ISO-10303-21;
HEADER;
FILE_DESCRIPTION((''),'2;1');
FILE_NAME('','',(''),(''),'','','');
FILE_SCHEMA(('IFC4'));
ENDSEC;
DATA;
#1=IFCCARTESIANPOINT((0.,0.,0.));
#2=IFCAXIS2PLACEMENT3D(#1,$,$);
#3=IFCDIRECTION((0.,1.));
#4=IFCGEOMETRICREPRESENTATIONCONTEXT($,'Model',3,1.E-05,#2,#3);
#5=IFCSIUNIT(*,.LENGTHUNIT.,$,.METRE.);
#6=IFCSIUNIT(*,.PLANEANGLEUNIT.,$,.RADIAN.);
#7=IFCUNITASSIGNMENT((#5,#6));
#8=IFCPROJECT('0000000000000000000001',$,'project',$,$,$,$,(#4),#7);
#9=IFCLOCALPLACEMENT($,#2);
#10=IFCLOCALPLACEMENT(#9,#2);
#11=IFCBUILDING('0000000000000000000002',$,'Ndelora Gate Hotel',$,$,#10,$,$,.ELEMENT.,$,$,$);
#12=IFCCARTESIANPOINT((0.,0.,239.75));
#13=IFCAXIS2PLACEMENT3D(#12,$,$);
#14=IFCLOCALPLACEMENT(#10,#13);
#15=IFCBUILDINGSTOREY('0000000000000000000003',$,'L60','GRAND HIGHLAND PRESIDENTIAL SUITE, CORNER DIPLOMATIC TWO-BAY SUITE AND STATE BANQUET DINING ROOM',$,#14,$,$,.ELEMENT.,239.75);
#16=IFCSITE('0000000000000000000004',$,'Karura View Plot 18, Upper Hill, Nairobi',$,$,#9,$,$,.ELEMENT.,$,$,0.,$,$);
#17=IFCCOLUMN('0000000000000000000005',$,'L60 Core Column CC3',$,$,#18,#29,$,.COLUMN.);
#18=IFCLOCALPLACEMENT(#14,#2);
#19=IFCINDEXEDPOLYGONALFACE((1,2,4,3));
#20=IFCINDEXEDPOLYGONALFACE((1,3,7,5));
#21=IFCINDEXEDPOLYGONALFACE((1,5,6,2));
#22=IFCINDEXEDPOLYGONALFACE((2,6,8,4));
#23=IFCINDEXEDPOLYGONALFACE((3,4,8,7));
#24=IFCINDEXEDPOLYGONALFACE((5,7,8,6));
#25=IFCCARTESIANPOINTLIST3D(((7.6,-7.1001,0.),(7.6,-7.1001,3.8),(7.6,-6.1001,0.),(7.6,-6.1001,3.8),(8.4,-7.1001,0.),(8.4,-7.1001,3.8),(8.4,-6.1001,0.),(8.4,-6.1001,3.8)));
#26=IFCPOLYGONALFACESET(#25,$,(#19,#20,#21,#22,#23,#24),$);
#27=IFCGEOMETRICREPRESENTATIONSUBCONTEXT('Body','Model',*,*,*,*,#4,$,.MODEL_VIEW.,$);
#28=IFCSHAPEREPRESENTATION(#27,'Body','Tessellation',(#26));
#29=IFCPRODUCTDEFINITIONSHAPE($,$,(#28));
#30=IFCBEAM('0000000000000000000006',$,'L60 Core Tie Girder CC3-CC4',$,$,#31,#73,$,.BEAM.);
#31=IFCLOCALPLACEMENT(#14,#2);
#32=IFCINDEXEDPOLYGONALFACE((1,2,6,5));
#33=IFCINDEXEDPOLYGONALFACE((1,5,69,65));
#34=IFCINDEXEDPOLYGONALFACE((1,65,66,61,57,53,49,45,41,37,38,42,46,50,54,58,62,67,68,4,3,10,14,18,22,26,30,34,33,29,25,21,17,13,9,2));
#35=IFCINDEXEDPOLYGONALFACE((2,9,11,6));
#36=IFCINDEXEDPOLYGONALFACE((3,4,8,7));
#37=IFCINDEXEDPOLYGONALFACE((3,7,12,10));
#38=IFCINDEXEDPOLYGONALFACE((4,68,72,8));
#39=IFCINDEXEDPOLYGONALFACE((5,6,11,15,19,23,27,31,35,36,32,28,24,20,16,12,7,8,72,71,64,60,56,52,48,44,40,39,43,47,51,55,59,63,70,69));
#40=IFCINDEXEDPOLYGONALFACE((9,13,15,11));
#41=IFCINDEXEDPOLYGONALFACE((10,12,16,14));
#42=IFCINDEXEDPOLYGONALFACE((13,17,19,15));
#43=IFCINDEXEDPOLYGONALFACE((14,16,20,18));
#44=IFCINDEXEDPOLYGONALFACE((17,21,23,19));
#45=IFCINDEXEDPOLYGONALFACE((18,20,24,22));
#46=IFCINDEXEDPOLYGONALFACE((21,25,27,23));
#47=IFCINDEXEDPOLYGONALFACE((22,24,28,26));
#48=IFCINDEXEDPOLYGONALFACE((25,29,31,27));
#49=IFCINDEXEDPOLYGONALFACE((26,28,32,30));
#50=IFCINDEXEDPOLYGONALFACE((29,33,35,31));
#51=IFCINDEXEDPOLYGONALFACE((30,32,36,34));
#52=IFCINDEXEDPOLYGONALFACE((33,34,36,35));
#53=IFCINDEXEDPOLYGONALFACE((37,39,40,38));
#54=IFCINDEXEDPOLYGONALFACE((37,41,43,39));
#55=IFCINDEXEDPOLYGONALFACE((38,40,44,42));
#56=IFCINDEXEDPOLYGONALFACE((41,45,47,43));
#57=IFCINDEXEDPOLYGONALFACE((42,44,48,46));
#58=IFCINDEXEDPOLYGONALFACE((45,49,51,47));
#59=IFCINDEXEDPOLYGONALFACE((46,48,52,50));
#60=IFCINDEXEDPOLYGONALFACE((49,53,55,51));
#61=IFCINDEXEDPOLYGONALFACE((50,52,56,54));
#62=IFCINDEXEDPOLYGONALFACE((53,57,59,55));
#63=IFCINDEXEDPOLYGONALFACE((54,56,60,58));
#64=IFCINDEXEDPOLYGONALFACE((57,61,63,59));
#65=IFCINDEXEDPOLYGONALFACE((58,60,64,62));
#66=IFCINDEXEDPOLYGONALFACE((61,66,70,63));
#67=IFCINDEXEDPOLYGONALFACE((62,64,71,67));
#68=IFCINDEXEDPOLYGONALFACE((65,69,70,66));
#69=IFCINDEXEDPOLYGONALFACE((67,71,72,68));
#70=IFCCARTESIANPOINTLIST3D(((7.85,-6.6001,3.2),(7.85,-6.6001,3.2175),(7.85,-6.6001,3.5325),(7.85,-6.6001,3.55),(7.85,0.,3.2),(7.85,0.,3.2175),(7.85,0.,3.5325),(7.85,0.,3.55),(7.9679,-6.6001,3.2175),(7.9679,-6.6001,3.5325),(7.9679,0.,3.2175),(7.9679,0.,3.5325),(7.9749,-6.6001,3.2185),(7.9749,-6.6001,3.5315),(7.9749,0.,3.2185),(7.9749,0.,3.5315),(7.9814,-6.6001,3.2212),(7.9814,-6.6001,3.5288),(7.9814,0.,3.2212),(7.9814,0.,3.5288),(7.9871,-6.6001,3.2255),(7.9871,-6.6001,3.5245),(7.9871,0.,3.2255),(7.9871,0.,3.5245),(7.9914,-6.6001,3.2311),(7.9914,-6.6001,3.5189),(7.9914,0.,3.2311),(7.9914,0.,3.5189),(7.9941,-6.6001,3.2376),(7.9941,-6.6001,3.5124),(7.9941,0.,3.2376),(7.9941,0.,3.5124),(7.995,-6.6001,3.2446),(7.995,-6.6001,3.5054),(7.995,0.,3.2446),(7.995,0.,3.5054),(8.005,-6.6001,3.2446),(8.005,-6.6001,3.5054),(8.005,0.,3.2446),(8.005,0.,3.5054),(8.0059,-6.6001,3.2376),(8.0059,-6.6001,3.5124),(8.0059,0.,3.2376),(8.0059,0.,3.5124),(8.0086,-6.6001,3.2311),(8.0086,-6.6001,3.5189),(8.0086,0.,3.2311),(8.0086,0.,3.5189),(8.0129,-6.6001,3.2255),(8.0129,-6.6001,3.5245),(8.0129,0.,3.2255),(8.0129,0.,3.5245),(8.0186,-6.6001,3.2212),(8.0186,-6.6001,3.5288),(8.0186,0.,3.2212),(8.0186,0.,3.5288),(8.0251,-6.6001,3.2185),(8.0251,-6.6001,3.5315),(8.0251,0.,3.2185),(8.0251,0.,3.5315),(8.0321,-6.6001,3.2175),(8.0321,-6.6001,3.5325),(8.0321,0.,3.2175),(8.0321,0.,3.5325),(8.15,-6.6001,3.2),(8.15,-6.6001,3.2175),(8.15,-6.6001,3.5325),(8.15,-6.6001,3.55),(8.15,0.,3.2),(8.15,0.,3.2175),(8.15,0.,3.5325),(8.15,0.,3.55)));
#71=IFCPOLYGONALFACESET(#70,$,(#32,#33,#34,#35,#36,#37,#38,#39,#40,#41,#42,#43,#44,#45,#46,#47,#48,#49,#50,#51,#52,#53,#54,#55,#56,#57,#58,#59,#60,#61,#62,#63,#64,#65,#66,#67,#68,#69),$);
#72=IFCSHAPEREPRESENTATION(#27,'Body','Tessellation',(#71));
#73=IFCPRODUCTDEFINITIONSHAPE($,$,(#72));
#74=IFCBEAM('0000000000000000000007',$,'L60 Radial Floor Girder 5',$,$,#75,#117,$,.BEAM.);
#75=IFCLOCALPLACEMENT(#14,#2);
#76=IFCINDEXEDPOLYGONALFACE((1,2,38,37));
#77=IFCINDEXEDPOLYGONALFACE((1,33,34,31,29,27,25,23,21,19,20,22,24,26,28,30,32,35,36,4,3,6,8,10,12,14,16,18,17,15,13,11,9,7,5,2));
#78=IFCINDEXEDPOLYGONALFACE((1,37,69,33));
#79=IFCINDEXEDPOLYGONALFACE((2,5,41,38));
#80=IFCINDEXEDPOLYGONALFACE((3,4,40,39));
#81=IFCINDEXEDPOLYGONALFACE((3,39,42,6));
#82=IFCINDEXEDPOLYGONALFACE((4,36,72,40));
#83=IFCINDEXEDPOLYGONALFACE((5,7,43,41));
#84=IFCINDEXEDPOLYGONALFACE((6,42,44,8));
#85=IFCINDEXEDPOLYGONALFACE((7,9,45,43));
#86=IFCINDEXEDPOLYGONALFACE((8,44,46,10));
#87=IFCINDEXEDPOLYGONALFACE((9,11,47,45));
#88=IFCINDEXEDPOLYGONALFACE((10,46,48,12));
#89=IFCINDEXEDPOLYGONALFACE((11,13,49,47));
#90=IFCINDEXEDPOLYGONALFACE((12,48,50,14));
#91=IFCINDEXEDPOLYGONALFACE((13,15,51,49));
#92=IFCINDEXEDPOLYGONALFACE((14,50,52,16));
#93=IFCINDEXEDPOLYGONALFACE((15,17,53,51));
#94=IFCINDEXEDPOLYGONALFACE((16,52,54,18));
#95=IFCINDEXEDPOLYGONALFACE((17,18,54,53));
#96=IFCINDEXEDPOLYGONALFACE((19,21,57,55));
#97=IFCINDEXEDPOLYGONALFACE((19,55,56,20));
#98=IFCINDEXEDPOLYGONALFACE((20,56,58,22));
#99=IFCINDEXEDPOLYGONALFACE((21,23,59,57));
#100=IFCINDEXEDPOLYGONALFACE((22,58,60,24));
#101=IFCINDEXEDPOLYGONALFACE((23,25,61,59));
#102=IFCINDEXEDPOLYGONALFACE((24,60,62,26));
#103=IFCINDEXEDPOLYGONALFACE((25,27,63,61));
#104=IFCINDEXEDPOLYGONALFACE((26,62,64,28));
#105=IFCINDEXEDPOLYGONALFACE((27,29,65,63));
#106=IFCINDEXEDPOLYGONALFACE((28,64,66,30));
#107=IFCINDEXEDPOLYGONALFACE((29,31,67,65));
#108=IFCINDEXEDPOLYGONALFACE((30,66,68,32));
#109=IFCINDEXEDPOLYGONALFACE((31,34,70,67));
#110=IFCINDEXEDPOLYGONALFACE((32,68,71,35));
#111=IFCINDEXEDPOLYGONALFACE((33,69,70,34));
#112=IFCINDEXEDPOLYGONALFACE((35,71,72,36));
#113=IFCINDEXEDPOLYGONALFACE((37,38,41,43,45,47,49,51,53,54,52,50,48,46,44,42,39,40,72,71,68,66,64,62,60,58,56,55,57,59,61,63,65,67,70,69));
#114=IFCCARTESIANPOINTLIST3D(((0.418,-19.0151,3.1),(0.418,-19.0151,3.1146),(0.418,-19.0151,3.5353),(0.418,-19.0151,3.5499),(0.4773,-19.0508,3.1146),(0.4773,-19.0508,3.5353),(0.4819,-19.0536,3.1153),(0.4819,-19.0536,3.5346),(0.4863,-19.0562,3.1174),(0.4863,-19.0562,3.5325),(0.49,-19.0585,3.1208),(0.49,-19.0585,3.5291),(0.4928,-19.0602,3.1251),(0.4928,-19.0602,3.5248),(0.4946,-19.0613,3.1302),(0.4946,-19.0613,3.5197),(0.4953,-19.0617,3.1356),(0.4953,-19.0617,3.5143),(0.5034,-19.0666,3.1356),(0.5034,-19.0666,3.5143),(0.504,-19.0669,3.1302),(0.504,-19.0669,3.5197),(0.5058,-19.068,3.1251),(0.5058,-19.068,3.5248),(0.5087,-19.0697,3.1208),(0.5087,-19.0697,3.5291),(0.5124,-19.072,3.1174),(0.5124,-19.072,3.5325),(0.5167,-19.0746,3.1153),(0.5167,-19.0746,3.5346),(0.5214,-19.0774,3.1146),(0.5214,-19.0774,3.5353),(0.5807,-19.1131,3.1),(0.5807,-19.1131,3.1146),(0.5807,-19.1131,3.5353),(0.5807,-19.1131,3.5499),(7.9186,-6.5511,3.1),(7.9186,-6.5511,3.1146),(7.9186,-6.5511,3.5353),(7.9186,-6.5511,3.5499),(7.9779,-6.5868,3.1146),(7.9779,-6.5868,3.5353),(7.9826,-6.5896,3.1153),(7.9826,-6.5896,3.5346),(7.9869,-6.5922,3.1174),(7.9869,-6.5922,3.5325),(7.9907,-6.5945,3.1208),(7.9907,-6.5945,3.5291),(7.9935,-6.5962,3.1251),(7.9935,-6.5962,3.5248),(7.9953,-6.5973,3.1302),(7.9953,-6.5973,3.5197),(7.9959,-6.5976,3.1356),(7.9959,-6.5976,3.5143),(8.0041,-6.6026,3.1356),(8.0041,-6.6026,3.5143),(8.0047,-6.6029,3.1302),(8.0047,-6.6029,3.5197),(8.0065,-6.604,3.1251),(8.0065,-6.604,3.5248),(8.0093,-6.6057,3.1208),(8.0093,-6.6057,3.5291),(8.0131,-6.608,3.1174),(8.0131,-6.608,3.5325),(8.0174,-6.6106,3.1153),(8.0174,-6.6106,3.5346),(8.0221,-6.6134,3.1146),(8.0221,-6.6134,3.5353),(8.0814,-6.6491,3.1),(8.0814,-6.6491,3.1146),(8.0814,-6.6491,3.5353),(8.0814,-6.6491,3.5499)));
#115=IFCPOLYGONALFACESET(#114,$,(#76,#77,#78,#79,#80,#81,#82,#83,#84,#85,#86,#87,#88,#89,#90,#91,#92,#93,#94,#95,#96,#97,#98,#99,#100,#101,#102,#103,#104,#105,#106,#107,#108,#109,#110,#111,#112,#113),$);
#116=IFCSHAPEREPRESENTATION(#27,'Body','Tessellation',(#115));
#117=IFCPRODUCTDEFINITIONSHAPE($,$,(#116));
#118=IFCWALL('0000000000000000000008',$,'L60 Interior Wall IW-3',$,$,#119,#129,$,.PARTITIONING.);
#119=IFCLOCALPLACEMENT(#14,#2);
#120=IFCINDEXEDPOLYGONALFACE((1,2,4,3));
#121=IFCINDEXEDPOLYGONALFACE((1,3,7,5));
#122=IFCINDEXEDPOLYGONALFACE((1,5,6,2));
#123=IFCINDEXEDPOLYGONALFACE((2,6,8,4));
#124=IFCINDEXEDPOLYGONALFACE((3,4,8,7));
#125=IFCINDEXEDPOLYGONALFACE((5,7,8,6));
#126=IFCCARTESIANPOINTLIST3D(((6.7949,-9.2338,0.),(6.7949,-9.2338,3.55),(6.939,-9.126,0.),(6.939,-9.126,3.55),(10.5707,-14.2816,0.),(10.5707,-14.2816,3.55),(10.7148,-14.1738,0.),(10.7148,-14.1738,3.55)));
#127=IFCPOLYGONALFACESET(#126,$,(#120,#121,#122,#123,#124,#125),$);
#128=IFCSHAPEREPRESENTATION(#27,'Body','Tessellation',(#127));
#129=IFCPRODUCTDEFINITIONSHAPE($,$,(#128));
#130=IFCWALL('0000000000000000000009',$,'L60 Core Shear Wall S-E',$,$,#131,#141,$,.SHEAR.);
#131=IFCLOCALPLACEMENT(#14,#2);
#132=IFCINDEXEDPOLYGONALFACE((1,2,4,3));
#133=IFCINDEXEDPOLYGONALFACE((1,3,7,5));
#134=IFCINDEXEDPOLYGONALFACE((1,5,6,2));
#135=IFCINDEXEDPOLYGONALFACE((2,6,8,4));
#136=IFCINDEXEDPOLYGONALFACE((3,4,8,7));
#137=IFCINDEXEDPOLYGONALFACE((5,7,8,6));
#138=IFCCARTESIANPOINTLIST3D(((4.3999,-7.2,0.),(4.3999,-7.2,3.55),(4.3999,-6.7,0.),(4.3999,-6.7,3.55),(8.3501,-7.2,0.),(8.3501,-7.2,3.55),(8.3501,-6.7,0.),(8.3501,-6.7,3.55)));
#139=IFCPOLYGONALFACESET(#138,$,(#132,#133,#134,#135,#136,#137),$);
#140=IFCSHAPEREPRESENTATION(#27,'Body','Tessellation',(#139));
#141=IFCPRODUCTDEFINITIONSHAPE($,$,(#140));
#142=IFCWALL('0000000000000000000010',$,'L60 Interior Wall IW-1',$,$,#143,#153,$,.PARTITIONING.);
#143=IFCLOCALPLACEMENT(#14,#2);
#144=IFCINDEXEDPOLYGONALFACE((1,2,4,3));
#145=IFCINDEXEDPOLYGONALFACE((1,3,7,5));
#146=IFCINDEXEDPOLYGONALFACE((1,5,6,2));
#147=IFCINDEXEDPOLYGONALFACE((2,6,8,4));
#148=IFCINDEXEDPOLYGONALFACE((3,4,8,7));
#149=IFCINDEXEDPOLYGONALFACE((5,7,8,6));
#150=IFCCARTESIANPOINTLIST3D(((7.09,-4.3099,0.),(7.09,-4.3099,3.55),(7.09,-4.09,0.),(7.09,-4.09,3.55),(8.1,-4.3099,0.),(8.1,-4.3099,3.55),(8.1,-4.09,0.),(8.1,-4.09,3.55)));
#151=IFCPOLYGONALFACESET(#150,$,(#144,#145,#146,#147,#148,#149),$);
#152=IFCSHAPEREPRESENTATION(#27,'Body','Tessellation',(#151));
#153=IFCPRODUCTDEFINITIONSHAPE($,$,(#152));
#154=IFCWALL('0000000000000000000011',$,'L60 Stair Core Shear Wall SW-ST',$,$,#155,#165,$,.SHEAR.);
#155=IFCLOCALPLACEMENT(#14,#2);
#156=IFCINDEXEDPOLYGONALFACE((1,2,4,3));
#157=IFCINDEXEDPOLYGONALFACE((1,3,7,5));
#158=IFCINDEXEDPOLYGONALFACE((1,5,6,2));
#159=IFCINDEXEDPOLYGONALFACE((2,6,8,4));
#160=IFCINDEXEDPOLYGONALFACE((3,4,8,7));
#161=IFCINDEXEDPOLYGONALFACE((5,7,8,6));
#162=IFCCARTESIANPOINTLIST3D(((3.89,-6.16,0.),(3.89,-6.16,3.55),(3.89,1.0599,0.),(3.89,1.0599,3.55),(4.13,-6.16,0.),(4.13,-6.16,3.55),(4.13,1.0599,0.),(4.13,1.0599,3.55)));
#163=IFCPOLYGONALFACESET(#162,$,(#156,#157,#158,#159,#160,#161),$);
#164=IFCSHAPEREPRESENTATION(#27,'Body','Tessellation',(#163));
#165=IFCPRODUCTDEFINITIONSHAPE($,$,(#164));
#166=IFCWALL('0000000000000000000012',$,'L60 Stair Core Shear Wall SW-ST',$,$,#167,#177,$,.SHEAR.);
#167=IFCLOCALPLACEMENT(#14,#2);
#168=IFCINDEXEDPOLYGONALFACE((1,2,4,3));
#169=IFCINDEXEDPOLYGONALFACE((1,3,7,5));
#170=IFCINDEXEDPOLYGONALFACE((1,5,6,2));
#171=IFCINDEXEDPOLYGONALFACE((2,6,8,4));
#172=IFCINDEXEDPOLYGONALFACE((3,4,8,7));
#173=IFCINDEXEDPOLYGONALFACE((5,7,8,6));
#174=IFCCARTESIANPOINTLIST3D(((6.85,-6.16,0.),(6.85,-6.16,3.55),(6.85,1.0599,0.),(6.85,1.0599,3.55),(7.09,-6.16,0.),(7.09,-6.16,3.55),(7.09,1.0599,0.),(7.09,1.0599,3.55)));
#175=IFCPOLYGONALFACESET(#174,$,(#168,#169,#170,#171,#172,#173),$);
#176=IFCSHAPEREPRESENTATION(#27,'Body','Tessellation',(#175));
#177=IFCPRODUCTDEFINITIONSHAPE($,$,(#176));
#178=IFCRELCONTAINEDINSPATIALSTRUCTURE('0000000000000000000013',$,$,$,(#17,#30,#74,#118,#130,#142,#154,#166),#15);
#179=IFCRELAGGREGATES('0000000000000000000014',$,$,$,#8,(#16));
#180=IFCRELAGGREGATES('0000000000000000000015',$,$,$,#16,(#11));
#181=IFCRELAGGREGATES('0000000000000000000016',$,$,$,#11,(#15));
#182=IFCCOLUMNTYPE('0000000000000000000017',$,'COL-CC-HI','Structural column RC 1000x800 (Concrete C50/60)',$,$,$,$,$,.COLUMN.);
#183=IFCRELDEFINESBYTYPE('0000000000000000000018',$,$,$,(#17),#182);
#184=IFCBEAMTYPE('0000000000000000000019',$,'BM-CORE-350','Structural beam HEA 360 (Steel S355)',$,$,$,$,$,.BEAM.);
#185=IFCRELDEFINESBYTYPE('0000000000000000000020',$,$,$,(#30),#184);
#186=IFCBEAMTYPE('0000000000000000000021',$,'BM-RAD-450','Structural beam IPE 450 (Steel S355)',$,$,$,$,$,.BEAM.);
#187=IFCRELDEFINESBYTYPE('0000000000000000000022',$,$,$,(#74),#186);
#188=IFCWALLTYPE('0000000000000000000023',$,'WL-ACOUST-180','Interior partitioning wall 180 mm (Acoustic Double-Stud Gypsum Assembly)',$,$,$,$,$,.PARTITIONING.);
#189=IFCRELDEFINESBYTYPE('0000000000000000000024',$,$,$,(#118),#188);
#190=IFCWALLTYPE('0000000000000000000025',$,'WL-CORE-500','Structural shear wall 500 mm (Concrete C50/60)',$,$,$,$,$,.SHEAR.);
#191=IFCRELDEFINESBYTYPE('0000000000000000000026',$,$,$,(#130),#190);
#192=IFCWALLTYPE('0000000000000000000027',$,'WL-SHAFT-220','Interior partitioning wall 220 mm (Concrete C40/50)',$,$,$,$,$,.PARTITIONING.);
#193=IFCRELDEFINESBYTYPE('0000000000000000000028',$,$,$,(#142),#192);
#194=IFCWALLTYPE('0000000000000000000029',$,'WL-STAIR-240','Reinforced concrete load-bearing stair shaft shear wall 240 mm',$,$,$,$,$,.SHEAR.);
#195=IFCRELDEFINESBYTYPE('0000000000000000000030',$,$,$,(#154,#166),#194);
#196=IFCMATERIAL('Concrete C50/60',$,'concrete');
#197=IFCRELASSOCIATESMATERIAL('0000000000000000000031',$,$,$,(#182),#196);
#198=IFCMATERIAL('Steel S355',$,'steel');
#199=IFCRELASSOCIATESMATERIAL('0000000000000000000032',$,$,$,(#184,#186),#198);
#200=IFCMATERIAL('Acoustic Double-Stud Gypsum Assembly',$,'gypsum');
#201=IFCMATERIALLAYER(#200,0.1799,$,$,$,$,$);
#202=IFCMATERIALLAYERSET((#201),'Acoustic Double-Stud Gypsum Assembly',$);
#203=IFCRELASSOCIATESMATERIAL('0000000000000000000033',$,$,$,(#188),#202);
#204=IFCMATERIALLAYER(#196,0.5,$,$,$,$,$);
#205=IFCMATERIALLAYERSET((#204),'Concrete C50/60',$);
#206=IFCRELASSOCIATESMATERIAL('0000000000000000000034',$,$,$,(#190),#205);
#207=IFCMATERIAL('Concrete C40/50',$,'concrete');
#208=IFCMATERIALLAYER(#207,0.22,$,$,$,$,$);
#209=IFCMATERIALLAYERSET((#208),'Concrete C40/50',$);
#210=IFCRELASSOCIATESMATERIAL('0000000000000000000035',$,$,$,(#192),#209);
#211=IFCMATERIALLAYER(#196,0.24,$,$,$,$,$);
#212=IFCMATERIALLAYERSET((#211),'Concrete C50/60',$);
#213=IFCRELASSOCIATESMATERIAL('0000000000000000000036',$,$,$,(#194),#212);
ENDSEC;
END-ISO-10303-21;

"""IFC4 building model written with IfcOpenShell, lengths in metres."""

from ifc_helpers import new_model, si_unit, direction, frame, frame_2d, origin, origin_2d, place, context, subcontext, project, spatial, rectangle, i_section, extrude, material, layer, layer_set, material_profile, profile_set, type_object, element, save


model = new_model("IFC4")

# Units and contexts
model_context = context("Model", 3, precision=1e-05, world=origin(), true_north=direction((0.0, 1.0)))
body_context = subcontext(model_context, "Body", "Model", "MODEL_VIEW")
ifc_project = project(units=[si_unit("LENGTHUNIT", "METRE"), si_unit("PLANEANGLEUNIT", "RADIAN")], contexts=[model_context])

# Site, building, storey
site_placement = place(None, origin())
site = spatial("IfcSite", under=ifc_project, at=site_placement, Name="Karura View Plot 18, Upper Hill, Nairobi", CompositionType="ELEMENT", RefElevation=0.0)
building_placement = place(site_placement, origin())
building = spatial("IfcBuilding", under=site, at=building_placement, Name="Ndelora Gate Hotel", CompositionType="ELEMENT")
storey_placement = place(building_placement, frame((0.0, 0.0, 239.75)))
storey = spatial("IfcBuildingStorey", under=building, at=storey_placement, Name="L60", Description="GRAND HIGHLAND PRESIDENTIAL SUITE, CORNER DIPLOMATIC TWO-BAY SUITE AND STATE BANQUET DINING ROOM", CompositionType="ELEMENT", Elevation=239.75)

# Column
ifc_material_1 = material(Name="Concrete C50/60", Category="concrete")
ifc_material_profile_1 = material_profile(ifc_material_1, rectangle(XDim=0.8, YDim=1.0, at=origin_2d()), Name="RC 1000x800")
ifc_profile_set_1 = profile_set([ifc_material_profile_1], Name="Concrete C50/60")
column_type = type_object("IfcColumnType", Name="COL-CC-HI", Description="Structural column RC 1000x800 (Concrete C50/60)", PredefinedType="COLUMN", material=ifc_profile_set_1)
column_placement = place(storey_placement, frame((8.0, -6.6001, 0.0), z_axis=(0.0, 0.0, 1.0), x_axis=(1.0, 0.0, 0.0)))
element("IfcColumn", 1, at=column_placement, inside=storey, type_object=column_type, Name="L60 Core Column CC3", PredefinedType="COLUMN", context=body_context, shape_type="SweptSolid", body=[
    extrude(rectangle(XDim=0.8, YDim=1.0, at=origin_2d()), origin(), (0.0, 0.0, 1.0), 3.8),
])

# Beams
ifc_material_2 = material(Name="Steel S355", Category="steel")
ifc_material_profile_2 = material_profile(ifc_material_2, i_section(OverallWidth=0.3, OverallDepth=0.3501, WebThickness=0.01, FlangeThickness=0.0176, FilletRadius=0.0271, at=origin_2d()), Name="HEA 360")
ifc_profile_set_2 = profile_set([ifc_material_profile_2], Name="Steel S355")
beam_type_1 = type_object("IfcBeamType", Name="BM-CORE-350", Description="Structural beam HEA 360 (Steel S355)", PredefinedType="BEAM", material=ifc_profile_set_2)
beam_1_placement = place(storey_placement, frame((8.0, -6.6001, 3.375), z_axis=(0.0, 1.0, 0.0), x_axis=(-1.0, 0.0, 0.0)))
element("IfcBeam", 2, at=beam_1_placement, inside=storey, type_object=beam_type_1, Name="L60 Core Tie Girder CC3-CC4", PredefinedType="BEAM", context=body_context, shape_type="SweptSolid", body=[
    extrude(i_section(OverallWidth=0.3, OverallDepth=0.3501, WebThickness=0.01, FlangeThickness=0.0176, FilletRadius=0.0271, at=origin_2d()), origin(), (0.0, 0.0, 1.0), 6.6001),
])
ifc_material_profile_3 = material_profile(ifc_material_2, i_section(OverallWidth=0.1899, OverallDepth=0.45, WebThickness=0.0095, FlangeThickness=0.0146, FilletRadius=0.021, at=origin_2d()), Name="IPE 450")
ifc_profile_set_3 = profile_set([ifc_material_profile_3], Name="Steel S355")
beam_type_2 = type_object("IfcBeamType", Name="BM-RAD-450", Description="Structural beam IPE 450 (Steel S355)", PredefinedType="BEAM", material=ifc_profile_set_3)
beam_2_placement = place(storey_placement, frame((8.0, -6.6001, 3.325), z_axis=(-0.515621, -0.856817, 0.0), x_axis=(0.856817, -0.515621, 0.0)))
element("IfcBeam", 3, at=beam_2_placement, inside=storey, type_object=beam_type_2, Name="L60 Radial Floor Girder 5", PredefinedType="BEAM", context=body_context, shape_type="SweptSolid", body=[
    extrude(i_section(OverallWidth=0.1899, OverallDepth=0.45, WebThickness=0.0095, FlangeThickness=0.0146, FilletRadius=0.021, at=origin_2d()), origin(), (0.0, 0.0, 1.0), 14.5469),
])

# Walls
ifc_material_3 = material(Name="Acoustic Double-Stud Gypsum Assembly", Category="gypsum")
ifc_layer_1 = layer(ifc_material_3, 0.1799)
ifc_layer_set_1 = layer_set([ifc_layer_1], Name="Acoustic Double-Stud Gypsum Assembly")
wall_type_1 = type_object("IfcWallType", Name="WL-ACOUST-180", Description="Interior partitioning wall 180 mm (Acoustic Double-Stud Gypsum Assembly)", PredefinedType="PARTITIONING", material=ifc_layer_set_1)
wall_1_placement = place(storey_placement, frame((6.8669, -9.1799, 0.0), z_axis=(0.0, 0.0, 1.0), x_axis=(0.598983, -0.800762, 0.0)))
element("IfcWall", 4, at=wall_1_placement, inside=storey, type_object=wall_type_1, Name="L60 Interior Wall IW-3", PredefinedType="PARTITIONING", context=body_context, shape_type="SweptSolid", body=[
    extrude(rectangle(XDim=6.3037, YDim=0.1799, at=frame_2d((3.1519, 0.0))), origin(), (0.0, 0.0, 1.0), 3.55),
])
ifc_layer_2 = layer(ifc_material_1, 0.5)
ifc_layer_set_2 = layer_set([ifc_layer_2], Name="Concrete C50/60")
wall_type_2 = type_object("IfcWallType", Name="WL-CORE-500", Description="Structural shear wall 500 mm (Concrete C50/60)", PredefinedType="SHEAR", material=ifc_layer_set_2)
wall_2_placement = place(storey_placement, frame((4.3999, -6.95, 0.0), z_axis=(0.0, 0.0, 1.0), x_axis=(1.0, 0.0, 0.0)))
element("IfcWall", 5, at=wall_2_placement, inside=storey, type_object=wall_type_2, Name="L60 Core Shear Wall S-E", PredefinedType="SHEAR", context=body_context, shape_type="SweptSolid", body=[
    extrude(rectangle(XDim=3.9502, YDim=0.5, at=frame_2d((1.9751, 0.0))), origin(), (0.0, 0.0, 1.0), 3.55),
])
ifc_material_4 = material(Name="Concrete C40/50", Category="concrete")
ifc_layer_3 = layer(ifc_material_4, 0.22)
ifc_layer_set_3 = layer_set([ifc_layer_3], Name="Concrete C40/50")
wall_type_3 = type_object("IfcWallType", Name="WL-SHAFT-220", Description="Interior partitioning wall 220 mm (Concrete C40/50)", PredefinedType="PARTITIONING", material=ifc_layer_set_3)
wall_3_placement = place(storey_placement, frame((7.0901, -4.2, 0.0), z_axis=(0.0, 0.0, 1.0), x_axis=(1.0, 0.0, 0.0)))
element("IfcWall", 6, at=wall_3_placement, inside=storey, type_object=wall_type_3, Name="L60 Interior Wall IW-1", PredefinedType="PARTITIONING", context=body_context, shape_type="SweptSolid", body=[
    extrude(rectangle(XDim=1.01, YDim=0.22, at=frame_2d((0.5049, 0.0))), origin(), (0.0, 0.0, 1.0), 3.55),
])
ifc_layer_4 = layer(ifc_material_1, 0.24)
ifc_layer_set_4 = layer_set([ifc_layer_4], Name="Concrete C50/60")
wall_type_4 = type_object("IfcWallType", Name="WL-STAIR-240", Description="Reinforced concrete load-bearing stair shaft shear wall 240 mm", PredefinedType="SHEAR", material=ifc_layer_set_4)
for number, where, z_axis, x_axis, name in (
    (7, (4.01, -6.1599, 0.0), (0.0, 0.0, 1.0), (0.0, 1.0, 0.0), "L60 Stair Core Shear Wall SW-ST"),
    (8, (6.97, -6.1599, 0.0), (0.0, 0.0, 1.0), (0.0, 1.0, 0.0), "L60 Stair Core Shear Wall SW-ST"),
):
    element("IfcWall", number, at=place(storey_placement, frame(where, z_axis=z_axis, x_axis=x_axis)), inside=storey, type_object=wall_type_4, Name=name, PredefinedType="SHEAR", context=body_context, shape_type="SweptSolid", body=[
        extrude(rectangle(XDim=7.22, YDim=0.24, at=frame_2d((3.6099, 0.0))), origin(), (0.0, 0.0, 1.0), 3.55),
    ])

save(model, "model.ifc")
